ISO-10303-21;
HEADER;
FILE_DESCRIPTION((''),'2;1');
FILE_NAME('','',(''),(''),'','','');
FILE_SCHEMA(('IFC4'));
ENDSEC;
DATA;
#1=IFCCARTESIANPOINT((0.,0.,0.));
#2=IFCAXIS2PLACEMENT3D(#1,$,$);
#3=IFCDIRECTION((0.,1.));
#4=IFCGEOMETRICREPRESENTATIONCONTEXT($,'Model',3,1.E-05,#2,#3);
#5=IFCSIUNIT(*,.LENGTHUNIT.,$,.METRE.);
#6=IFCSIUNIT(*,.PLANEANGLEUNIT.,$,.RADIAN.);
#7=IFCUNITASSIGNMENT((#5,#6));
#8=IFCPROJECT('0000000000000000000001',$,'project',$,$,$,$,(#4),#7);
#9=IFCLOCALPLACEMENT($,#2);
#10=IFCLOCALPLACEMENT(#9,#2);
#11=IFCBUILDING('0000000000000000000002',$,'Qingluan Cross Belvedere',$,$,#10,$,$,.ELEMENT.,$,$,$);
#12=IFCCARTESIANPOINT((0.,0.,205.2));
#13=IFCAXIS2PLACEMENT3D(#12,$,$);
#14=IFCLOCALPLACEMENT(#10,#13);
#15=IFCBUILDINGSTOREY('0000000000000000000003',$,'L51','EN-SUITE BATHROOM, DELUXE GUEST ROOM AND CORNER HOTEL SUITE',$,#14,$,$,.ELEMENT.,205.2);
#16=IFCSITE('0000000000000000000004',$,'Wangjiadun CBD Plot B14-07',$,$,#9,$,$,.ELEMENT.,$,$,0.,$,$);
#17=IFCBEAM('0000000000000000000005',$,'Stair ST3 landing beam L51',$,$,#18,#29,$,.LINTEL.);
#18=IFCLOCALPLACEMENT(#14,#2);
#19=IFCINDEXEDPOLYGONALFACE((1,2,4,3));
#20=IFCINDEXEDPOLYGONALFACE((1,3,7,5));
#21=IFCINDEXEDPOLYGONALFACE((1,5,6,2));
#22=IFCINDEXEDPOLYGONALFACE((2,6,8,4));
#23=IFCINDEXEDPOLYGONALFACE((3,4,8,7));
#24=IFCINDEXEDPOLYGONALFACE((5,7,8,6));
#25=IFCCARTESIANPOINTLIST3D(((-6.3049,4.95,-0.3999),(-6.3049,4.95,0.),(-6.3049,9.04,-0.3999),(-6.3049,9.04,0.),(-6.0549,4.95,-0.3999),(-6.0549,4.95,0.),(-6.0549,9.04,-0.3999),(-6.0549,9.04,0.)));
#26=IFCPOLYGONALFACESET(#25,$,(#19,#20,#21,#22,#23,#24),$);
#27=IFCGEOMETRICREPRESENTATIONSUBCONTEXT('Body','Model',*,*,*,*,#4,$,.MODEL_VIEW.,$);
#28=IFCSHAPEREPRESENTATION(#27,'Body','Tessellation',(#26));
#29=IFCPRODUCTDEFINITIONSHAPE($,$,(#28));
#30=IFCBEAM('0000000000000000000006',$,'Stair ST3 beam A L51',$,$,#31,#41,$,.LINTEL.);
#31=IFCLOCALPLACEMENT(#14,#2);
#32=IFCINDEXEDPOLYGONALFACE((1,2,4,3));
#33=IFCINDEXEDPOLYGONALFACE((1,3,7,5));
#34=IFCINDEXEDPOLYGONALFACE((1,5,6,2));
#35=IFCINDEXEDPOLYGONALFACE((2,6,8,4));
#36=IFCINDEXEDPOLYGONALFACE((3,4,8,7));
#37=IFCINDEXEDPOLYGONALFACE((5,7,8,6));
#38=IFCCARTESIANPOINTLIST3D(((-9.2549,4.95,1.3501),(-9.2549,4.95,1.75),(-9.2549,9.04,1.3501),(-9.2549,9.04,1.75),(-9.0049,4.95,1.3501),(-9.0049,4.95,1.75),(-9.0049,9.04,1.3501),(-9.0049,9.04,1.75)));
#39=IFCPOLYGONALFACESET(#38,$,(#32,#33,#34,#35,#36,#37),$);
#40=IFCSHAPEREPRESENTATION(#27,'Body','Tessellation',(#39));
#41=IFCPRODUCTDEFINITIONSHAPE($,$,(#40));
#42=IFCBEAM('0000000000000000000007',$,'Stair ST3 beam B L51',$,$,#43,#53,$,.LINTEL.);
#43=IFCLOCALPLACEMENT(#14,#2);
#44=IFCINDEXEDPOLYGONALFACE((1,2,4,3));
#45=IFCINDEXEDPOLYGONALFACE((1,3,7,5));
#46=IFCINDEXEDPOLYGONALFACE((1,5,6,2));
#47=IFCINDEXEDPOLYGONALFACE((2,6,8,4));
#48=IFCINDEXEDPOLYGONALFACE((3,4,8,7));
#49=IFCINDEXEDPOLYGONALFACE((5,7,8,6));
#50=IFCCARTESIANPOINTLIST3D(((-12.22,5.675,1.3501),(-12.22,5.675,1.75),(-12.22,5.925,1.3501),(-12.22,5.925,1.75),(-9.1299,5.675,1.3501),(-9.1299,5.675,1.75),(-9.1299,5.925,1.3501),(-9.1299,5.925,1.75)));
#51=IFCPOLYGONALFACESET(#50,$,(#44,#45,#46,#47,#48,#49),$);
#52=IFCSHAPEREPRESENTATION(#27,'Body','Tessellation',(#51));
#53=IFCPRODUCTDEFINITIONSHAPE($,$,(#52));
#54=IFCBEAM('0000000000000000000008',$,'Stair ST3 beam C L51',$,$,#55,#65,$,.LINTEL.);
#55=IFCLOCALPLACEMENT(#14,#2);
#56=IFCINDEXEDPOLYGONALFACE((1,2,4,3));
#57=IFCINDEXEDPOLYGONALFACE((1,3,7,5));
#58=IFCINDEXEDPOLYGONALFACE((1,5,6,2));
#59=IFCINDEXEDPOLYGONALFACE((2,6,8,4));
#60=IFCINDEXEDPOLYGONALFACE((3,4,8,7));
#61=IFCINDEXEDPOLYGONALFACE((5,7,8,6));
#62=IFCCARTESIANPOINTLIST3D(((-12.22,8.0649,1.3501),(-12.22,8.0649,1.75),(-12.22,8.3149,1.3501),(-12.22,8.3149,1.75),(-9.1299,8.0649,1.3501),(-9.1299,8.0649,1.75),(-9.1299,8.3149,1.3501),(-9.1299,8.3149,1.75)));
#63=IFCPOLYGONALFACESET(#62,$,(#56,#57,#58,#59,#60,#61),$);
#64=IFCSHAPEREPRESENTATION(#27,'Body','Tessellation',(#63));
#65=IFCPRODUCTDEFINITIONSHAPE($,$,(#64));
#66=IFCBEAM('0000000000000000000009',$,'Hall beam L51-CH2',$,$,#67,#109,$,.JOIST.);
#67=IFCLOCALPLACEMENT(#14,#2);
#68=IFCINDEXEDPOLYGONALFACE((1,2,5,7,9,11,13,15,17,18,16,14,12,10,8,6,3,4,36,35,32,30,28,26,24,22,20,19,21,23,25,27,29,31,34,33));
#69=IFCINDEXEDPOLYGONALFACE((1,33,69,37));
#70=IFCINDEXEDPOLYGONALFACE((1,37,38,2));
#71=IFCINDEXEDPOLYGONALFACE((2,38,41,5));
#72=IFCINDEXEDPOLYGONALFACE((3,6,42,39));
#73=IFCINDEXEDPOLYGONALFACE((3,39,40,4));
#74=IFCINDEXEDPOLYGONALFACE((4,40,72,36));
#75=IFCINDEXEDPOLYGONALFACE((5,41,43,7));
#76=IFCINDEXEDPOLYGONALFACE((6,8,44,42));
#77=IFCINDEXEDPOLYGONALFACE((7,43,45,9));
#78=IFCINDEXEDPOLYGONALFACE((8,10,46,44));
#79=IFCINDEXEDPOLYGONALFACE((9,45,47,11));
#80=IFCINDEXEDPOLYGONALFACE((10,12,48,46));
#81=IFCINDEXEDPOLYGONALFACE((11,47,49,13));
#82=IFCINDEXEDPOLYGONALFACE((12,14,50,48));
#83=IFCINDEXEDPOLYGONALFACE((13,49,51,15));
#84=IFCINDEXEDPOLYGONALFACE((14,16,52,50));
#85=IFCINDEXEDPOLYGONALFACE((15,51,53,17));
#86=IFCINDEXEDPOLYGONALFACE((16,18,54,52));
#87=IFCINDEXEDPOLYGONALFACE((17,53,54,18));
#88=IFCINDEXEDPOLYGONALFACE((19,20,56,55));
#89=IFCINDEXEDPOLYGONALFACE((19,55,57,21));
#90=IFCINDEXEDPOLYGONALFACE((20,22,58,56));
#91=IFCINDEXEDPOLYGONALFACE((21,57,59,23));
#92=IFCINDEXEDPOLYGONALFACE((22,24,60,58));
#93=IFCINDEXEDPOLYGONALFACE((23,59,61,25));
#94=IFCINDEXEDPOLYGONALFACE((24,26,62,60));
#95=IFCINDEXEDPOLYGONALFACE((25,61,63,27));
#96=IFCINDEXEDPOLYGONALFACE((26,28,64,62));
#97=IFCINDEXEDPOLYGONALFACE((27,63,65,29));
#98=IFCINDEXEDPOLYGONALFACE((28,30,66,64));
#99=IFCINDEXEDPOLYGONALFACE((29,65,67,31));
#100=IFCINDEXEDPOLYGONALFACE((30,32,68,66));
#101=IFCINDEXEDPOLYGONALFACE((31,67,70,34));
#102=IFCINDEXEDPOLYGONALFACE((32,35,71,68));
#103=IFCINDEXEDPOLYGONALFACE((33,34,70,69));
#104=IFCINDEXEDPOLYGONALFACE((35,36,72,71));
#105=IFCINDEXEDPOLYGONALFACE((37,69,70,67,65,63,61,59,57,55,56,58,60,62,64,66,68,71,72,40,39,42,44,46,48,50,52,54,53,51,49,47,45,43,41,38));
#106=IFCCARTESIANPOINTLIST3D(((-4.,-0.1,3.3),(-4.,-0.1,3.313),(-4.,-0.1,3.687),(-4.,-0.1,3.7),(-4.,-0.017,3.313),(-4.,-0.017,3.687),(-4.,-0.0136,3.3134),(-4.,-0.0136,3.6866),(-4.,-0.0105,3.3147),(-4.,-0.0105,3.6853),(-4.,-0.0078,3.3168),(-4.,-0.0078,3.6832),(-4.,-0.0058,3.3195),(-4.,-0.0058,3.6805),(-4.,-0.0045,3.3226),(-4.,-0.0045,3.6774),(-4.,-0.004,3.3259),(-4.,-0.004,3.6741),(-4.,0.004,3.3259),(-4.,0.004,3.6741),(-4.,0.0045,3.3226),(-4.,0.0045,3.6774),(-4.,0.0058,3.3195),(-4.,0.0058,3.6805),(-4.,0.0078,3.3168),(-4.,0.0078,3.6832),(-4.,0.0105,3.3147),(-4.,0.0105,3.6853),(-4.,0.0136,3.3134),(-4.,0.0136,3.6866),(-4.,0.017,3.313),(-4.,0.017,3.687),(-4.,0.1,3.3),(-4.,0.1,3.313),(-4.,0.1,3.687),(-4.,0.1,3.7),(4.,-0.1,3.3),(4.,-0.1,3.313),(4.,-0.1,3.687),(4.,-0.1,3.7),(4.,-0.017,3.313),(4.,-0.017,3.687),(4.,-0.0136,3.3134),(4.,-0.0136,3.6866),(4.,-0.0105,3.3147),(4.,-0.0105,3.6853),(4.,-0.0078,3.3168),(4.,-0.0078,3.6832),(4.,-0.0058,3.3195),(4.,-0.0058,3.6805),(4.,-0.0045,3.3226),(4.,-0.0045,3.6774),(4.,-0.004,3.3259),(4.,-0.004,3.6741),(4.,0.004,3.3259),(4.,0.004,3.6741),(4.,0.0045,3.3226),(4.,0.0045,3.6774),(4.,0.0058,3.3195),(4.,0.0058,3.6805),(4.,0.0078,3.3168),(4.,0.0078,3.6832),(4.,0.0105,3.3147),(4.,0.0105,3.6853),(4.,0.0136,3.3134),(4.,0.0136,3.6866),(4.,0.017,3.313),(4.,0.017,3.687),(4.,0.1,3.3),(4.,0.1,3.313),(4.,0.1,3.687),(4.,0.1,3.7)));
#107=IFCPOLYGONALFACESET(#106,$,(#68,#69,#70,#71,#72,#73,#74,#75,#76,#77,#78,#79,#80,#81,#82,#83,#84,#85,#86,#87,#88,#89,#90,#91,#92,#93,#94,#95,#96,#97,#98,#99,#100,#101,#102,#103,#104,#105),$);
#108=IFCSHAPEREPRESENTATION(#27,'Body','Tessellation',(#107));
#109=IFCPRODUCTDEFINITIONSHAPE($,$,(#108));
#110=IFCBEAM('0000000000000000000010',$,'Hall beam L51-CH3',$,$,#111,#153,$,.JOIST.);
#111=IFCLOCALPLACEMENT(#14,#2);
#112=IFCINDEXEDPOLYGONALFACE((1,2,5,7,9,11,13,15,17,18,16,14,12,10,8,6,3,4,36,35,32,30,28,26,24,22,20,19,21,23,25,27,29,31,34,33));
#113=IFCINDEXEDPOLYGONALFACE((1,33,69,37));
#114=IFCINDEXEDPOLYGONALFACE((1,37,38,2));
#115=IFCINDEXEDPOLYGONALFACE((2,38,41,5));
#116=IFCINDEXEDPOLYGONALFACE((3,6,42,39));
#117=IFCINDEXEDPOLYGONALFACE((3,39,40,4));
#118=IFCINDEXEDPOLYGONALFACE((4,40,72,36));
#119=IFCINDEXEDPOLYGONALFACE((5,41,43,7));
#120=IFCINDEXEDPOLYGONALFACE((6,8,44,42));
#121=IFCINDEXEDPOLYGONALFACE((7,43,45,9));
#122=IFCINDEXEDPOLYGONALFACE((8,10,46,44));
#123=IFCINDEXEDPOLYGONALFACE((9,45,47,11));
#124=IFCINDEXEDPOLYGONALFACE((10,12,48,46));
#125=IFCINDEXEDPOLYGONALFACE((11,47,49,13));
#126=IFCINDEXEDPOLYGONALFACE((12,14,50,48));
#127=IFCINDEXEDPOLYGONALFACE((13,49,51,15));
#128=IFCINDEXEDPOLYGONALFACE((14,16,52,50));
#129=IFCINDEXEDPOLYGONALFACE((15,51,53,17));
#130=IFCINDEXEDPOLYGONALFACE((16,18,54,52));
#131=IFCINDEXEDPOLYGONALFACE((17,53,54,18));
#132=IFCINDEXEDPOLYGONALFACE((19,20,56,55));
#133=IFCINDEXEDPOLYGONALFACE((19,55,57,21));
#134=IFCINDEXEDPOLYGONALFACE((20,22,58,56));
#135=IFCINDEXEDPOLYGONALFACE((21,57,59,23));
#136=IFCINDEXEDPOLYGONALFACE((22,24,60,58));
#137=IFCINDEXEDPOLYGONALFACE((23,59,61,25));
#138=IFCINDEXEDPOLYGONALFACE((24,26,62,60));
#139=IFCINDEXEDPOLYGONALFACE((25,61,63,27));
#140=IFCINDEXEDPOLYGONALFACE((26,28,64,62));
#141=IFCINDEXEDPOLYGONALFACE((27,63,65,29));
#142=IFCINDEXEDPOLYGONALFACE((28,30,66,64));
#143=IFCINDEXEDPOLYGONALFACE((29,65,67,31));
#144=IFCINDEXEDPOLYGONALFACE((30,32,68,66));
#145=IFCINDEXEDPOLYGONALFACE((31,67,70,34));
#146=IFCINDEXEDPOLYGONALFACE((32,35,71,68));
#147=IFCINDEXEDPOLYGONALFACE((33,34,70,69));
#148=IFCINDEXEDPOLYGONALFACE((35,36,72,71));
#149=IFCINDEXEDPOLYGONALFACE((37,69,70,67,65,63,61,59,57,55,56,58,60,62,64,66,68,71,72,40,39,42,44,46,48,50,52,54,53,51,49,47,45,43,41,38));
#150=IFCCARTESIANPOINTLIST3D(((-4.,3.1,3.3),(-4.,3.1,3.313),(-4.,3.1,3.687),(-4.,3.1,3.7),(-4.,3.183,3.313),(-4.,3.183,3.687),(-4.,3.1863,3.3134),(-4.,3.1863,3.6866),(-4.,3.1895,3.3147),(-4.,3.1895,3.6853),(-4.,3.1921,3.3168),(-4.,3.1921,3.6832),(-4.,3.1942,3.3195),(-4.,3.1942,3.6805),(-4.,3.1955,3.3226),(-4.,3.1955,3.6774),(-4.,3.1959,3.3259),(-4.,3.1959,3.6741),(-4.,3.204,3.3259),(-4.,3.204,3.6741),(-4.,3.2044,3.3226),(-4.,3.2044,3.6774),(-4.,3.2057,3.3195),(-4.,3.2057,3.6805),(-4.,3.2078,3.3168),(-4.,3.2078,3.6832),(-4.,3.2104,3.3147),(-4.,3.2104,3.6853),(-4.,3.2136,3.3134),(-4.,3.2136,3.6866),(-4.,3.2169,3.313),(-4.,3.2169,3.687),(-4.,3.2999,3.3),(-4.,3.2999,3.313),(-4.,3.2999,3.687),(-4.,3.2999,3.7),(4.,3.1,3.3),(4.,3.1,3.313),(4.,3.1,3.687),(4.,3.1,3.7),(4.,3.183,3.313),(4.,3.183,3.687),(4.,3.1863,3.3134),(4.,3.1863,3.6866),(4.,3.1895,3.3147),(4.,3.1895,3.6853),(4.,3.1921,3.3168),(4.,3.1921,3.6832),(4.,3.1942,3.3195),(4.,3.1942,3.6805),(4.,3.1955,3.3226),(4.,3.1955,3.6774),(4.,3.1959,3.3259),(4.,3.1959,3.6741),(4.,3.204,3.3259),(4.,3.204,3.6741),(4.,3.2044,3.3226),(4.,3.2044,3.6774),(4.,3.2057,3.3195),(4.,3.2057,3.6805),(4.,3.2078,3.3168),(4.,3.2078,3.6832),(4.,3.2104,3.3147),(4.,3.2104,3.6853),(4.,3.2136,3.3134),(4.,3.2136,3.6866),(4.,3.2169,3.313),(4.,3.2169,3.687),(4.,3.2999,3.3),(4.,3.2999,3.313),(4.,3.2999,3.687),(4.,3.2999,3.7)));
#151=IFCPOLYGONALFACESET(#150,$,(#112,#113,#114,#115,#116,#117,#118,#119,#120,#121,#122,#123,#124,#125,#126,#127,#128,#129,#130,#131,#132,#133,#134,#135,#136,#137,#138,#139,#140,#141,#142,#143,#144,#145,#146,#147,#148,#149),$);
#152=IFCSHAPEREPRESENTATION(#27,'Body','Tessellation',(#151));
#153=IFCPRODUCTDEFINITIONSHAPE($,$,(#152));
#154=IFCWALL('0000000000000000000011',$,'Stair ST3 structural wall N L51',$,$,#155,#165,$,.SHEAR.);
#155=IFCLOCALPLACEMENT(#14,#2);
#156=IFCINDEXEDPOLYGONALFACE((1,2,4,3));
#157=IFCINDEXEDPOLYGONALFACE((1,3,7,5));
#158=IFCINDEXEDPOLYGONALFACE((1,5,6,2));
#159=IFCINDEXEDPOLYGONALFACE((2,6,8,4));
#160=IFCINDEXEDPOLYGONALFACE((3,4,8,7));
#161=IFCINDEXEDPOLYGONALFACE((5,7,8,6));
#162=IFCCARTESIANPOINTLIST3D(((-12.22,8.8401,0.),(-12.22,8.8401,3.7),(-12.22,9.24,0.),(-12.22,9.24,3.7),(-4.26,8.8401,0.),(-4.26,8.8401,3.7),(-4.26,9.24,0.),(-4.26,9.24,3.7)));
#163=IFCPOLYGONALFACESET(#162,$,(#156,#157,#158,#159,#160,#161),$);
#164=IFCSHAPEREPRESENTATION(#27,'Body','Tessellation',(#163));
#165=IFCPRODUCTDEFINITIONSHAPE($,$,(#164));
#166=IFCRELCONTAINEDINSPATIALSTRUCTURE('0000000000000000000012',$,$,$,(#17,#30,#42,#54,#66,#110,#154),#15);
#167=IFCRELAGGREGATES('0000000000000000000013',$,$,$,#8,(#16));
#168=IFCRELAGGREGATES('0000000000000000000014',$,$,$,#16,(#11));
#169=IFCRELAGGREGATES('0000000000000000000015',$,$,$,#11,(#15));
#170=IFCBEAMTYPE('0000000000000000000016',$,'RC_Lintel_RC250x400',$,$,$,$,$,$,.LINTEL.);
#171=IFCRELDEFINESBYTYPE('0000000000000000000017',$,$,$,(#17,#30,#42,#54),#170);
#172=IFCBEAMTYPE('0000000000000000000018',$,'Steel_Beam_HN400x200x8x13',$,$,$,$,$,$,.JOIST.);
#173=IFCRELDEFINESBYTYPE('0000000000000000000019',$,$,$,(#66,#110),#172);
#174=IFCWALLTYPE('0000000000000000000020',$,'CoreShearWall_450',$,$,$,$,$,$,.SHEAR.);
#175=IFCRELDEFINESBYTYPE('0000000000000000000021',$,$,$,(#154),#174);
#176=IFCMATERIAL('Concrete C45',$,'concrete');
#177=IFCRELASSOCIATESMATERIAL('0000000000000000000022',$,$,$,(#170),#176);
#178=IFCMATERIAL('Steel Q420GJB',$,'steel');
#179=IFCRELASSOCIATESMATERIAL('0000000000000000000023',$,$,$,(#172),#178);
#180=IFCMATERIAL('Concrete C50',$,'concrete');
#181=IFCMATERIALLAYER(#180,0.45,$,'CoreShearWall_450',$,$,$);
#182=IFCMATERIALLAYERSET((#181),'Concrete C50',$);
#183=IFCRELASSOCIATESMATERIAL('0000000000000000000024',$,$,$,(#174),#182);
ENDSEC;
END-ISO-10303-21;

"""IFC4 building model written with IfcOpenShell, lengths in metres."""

from ifc_helpers import new_model, si_unit, direction, frame, frame_2d, origin, origin_2d, place, context, subcontext, project, spatial, rectangle, i_section, extrude, material, layer, layer_set, material_profile, profile_set, type_object, element, save


model = new_model("IFC4")

# Units and contexts
model_context = context("Model", 3, precision=1e-05, world=origin(), true_north=direction((0.0, 1.0)))
body_context = subcontext(model_context, "Body", "Model", "MODEL_VIEW")
ifc_project = project(units=[si_unit("LENGTHUNIT", "METRE"), si_unit("PLANEANGLEUNIT", "RADIAN")], contexts=[model_context])

# Site, building, storey
site_placement = place(None, origin())
site = spatial("IfcSite", under=ifc_project, at=site_placement, Name="Wangjiadun CBD Plot B14-07", CompositionType="ELEMENT", RefElevation=0.0)
building_placement = place(site_placement, origin())
building = spatial("IfcBuilding", under=site, at=building_placement, Name="Qingluan Cross Belvedere", CompositionType="ELEMENT")
storey_placement = place(building_placement, frame((0.0, 0.0, 205.2)))
storey = spatial("IfcBuildingStorey", under=building, at=storey_placement, Name="L51", Description="EN-SUITE BATHROOM, DELUXE GUEST ROOM AND CORNER HOTEL SUITE", CompositionType="ELEMENT", Elevation=205.2)

# Beams
ifc_material_1 = material(Name="Concrete C45", Category="concrete")
ifc_material_profile_1 = material_profile(ifc_material_1, rectangle(XDim=0.25, YDim=0.3999, at=origin_2d()), Name="RC250x400")
ifc_profile_set_1 = profile_set([ifc_material_profile_1], Name="Concrete C45")
beam_type_1 = type_object("IfcBeamType", Name="RC_Lintel_RC250x400", PredefinedType="LINTEL", material=ifc_profile_set_1)
for number, where, z_axis, x_axis, name in (
    (1, (-6.1799, 4.95, -0.2), (0.0, 1.0, 0.0), (-1.0, 0.0, 0.0), "Stair ST3 landing beam L51"),
    (2, (-9.1299, 4.95, 1.55), (0.0, 1.0, 0.0), (-1.0, 0.0, 0.0), "Stair ST3 beam A L51"),
):
    element("IfcBeam", number, at=place(storey_placement, frame(where, z_axis=z_axis, x_axis=x_axis)), inside=storey, type_object=beam_type_1, Name=name, PredefinedType="LINTEL", context=body_context, shape_type="SweptSolid", body=[
        extrude(rectangle(XDim=0.25, YDim=0.3999, at=origin_2d()), origin(), (0.0, 0.0, 1.0), 4.0901),
    ])
for number, where, z_axis, x_axis, name in (
    (3, (-12.22, 5.8, 1.55), (1.0, 0.0, 0.0), (0.0, 1.0, 0.0), "Stair ST3 beam B L51"),
    (4, (-12.22, 8.1899, 1.55), (1.0, 0.0, 0.0), (0.0, 1.0, 0.0), "Stair ST3 beam C L51"),
):
    element("IfcBeam", number, at=place(storey_placement, frame(where, z_axis=z_axis, x_axis=x_axis)), inside=storey, type_object=beam_type_1, Name=name, PredefinedType="LINTEL", context=body_context, shape_type="SweptSolid", body=[
        extrude(rectangle(XDim=0.25, YDim=0.3999, at=origin_2d()), origin(), (0.0, 0.0, 1.0), 3.0901),
    ])
ifc_material_2 = material(Name="Steel Q420GJB", Category="steel")
ifc_material_profile_2 = material_profile(ifc_material_2, i_section(OverallWidth=0.2, OverallDepth=0.3999, WebThickness=0.0081, FlangeThickness=0.0129, FilletRadius=0.0129, at=origin_2d()), Name="HN400x200x8x13")
ifc_profile_set_2 = profile_set([ifc_material_profile_2], Name="Steel Q420GJB")
beam_type_2 = type_object("IfcBeamType", Name="Steel_Beam_HN400x200x8x13", PredefinedType="JOIST", material=ifc_profile_set_2)
for number, where, z_axis, x_axis, name in (
    (5, (-4.0, 0.0, 3.5), (1.0, 0.0, 0.0), (0.0, 1.0, 0.0), "Hall beam L51-CH2"),
    (6, (-4.0, 3.2, 3.5), (1.0, 0.0, 0.0), (0.0, 1.0, 0.0), "Hall beam L51-CH3"),
):
    element("IfcBeam", number, at=place(storey_placement, frame(where, z_axis=z_axis, x_axis=x_axis)), inside=storey, type_object=beam_type_2, Name=name, PredefinedType="JOIST", context=body_context, shape_type="SweptSolid", body=[
        extrude(i_section(OverallWidth=0.2, OverallDepth=0.3999, WebThickness=0.0081, FlangeThickness=0.0129, FilletRadius=0.0129, at=origin_2d()), origin(), (0.0, 0.0, 1.0), 8.0),
    ])

# Wall
ifc_material_3 = material(Name="Concrete C50", Category="concrete")
ifc_layer_1 = layer(ifc_material_3, 0.45, Name="CoreShearWall_450")
ifc_layer_set_1 = layer_set([ifc_layer_1], Name="Concrete C50")
wall_type_1 = type_object("IfcWallType", Name="CoreShearWall_450", PredefinedType="SHEAR", material=ifc_layer_set_1)
wall_1_placement = place(storey_placement, frame((-12.22, 9.04, 0.0), z_axis=(0.0, 0.0, 1.0), x_axis=(1.0, 0.0, 0.0)))
element("IfcWall", 7, at=wall_1_placement, inside=storey, type_object=wall_type_1, Name="Stair ST3 structural wall N L51", PredefinedType="SHEAR", context=body_context, shape_type="SweptSolid", body=[
    extrude(rectangle(XDim=7.96, YDim=0.3999, at=frame_2d((3.98, 0.0))), origin(), (0.0, 0.0, 1.0), 3.7),
])

save(model, "model.ifc")
